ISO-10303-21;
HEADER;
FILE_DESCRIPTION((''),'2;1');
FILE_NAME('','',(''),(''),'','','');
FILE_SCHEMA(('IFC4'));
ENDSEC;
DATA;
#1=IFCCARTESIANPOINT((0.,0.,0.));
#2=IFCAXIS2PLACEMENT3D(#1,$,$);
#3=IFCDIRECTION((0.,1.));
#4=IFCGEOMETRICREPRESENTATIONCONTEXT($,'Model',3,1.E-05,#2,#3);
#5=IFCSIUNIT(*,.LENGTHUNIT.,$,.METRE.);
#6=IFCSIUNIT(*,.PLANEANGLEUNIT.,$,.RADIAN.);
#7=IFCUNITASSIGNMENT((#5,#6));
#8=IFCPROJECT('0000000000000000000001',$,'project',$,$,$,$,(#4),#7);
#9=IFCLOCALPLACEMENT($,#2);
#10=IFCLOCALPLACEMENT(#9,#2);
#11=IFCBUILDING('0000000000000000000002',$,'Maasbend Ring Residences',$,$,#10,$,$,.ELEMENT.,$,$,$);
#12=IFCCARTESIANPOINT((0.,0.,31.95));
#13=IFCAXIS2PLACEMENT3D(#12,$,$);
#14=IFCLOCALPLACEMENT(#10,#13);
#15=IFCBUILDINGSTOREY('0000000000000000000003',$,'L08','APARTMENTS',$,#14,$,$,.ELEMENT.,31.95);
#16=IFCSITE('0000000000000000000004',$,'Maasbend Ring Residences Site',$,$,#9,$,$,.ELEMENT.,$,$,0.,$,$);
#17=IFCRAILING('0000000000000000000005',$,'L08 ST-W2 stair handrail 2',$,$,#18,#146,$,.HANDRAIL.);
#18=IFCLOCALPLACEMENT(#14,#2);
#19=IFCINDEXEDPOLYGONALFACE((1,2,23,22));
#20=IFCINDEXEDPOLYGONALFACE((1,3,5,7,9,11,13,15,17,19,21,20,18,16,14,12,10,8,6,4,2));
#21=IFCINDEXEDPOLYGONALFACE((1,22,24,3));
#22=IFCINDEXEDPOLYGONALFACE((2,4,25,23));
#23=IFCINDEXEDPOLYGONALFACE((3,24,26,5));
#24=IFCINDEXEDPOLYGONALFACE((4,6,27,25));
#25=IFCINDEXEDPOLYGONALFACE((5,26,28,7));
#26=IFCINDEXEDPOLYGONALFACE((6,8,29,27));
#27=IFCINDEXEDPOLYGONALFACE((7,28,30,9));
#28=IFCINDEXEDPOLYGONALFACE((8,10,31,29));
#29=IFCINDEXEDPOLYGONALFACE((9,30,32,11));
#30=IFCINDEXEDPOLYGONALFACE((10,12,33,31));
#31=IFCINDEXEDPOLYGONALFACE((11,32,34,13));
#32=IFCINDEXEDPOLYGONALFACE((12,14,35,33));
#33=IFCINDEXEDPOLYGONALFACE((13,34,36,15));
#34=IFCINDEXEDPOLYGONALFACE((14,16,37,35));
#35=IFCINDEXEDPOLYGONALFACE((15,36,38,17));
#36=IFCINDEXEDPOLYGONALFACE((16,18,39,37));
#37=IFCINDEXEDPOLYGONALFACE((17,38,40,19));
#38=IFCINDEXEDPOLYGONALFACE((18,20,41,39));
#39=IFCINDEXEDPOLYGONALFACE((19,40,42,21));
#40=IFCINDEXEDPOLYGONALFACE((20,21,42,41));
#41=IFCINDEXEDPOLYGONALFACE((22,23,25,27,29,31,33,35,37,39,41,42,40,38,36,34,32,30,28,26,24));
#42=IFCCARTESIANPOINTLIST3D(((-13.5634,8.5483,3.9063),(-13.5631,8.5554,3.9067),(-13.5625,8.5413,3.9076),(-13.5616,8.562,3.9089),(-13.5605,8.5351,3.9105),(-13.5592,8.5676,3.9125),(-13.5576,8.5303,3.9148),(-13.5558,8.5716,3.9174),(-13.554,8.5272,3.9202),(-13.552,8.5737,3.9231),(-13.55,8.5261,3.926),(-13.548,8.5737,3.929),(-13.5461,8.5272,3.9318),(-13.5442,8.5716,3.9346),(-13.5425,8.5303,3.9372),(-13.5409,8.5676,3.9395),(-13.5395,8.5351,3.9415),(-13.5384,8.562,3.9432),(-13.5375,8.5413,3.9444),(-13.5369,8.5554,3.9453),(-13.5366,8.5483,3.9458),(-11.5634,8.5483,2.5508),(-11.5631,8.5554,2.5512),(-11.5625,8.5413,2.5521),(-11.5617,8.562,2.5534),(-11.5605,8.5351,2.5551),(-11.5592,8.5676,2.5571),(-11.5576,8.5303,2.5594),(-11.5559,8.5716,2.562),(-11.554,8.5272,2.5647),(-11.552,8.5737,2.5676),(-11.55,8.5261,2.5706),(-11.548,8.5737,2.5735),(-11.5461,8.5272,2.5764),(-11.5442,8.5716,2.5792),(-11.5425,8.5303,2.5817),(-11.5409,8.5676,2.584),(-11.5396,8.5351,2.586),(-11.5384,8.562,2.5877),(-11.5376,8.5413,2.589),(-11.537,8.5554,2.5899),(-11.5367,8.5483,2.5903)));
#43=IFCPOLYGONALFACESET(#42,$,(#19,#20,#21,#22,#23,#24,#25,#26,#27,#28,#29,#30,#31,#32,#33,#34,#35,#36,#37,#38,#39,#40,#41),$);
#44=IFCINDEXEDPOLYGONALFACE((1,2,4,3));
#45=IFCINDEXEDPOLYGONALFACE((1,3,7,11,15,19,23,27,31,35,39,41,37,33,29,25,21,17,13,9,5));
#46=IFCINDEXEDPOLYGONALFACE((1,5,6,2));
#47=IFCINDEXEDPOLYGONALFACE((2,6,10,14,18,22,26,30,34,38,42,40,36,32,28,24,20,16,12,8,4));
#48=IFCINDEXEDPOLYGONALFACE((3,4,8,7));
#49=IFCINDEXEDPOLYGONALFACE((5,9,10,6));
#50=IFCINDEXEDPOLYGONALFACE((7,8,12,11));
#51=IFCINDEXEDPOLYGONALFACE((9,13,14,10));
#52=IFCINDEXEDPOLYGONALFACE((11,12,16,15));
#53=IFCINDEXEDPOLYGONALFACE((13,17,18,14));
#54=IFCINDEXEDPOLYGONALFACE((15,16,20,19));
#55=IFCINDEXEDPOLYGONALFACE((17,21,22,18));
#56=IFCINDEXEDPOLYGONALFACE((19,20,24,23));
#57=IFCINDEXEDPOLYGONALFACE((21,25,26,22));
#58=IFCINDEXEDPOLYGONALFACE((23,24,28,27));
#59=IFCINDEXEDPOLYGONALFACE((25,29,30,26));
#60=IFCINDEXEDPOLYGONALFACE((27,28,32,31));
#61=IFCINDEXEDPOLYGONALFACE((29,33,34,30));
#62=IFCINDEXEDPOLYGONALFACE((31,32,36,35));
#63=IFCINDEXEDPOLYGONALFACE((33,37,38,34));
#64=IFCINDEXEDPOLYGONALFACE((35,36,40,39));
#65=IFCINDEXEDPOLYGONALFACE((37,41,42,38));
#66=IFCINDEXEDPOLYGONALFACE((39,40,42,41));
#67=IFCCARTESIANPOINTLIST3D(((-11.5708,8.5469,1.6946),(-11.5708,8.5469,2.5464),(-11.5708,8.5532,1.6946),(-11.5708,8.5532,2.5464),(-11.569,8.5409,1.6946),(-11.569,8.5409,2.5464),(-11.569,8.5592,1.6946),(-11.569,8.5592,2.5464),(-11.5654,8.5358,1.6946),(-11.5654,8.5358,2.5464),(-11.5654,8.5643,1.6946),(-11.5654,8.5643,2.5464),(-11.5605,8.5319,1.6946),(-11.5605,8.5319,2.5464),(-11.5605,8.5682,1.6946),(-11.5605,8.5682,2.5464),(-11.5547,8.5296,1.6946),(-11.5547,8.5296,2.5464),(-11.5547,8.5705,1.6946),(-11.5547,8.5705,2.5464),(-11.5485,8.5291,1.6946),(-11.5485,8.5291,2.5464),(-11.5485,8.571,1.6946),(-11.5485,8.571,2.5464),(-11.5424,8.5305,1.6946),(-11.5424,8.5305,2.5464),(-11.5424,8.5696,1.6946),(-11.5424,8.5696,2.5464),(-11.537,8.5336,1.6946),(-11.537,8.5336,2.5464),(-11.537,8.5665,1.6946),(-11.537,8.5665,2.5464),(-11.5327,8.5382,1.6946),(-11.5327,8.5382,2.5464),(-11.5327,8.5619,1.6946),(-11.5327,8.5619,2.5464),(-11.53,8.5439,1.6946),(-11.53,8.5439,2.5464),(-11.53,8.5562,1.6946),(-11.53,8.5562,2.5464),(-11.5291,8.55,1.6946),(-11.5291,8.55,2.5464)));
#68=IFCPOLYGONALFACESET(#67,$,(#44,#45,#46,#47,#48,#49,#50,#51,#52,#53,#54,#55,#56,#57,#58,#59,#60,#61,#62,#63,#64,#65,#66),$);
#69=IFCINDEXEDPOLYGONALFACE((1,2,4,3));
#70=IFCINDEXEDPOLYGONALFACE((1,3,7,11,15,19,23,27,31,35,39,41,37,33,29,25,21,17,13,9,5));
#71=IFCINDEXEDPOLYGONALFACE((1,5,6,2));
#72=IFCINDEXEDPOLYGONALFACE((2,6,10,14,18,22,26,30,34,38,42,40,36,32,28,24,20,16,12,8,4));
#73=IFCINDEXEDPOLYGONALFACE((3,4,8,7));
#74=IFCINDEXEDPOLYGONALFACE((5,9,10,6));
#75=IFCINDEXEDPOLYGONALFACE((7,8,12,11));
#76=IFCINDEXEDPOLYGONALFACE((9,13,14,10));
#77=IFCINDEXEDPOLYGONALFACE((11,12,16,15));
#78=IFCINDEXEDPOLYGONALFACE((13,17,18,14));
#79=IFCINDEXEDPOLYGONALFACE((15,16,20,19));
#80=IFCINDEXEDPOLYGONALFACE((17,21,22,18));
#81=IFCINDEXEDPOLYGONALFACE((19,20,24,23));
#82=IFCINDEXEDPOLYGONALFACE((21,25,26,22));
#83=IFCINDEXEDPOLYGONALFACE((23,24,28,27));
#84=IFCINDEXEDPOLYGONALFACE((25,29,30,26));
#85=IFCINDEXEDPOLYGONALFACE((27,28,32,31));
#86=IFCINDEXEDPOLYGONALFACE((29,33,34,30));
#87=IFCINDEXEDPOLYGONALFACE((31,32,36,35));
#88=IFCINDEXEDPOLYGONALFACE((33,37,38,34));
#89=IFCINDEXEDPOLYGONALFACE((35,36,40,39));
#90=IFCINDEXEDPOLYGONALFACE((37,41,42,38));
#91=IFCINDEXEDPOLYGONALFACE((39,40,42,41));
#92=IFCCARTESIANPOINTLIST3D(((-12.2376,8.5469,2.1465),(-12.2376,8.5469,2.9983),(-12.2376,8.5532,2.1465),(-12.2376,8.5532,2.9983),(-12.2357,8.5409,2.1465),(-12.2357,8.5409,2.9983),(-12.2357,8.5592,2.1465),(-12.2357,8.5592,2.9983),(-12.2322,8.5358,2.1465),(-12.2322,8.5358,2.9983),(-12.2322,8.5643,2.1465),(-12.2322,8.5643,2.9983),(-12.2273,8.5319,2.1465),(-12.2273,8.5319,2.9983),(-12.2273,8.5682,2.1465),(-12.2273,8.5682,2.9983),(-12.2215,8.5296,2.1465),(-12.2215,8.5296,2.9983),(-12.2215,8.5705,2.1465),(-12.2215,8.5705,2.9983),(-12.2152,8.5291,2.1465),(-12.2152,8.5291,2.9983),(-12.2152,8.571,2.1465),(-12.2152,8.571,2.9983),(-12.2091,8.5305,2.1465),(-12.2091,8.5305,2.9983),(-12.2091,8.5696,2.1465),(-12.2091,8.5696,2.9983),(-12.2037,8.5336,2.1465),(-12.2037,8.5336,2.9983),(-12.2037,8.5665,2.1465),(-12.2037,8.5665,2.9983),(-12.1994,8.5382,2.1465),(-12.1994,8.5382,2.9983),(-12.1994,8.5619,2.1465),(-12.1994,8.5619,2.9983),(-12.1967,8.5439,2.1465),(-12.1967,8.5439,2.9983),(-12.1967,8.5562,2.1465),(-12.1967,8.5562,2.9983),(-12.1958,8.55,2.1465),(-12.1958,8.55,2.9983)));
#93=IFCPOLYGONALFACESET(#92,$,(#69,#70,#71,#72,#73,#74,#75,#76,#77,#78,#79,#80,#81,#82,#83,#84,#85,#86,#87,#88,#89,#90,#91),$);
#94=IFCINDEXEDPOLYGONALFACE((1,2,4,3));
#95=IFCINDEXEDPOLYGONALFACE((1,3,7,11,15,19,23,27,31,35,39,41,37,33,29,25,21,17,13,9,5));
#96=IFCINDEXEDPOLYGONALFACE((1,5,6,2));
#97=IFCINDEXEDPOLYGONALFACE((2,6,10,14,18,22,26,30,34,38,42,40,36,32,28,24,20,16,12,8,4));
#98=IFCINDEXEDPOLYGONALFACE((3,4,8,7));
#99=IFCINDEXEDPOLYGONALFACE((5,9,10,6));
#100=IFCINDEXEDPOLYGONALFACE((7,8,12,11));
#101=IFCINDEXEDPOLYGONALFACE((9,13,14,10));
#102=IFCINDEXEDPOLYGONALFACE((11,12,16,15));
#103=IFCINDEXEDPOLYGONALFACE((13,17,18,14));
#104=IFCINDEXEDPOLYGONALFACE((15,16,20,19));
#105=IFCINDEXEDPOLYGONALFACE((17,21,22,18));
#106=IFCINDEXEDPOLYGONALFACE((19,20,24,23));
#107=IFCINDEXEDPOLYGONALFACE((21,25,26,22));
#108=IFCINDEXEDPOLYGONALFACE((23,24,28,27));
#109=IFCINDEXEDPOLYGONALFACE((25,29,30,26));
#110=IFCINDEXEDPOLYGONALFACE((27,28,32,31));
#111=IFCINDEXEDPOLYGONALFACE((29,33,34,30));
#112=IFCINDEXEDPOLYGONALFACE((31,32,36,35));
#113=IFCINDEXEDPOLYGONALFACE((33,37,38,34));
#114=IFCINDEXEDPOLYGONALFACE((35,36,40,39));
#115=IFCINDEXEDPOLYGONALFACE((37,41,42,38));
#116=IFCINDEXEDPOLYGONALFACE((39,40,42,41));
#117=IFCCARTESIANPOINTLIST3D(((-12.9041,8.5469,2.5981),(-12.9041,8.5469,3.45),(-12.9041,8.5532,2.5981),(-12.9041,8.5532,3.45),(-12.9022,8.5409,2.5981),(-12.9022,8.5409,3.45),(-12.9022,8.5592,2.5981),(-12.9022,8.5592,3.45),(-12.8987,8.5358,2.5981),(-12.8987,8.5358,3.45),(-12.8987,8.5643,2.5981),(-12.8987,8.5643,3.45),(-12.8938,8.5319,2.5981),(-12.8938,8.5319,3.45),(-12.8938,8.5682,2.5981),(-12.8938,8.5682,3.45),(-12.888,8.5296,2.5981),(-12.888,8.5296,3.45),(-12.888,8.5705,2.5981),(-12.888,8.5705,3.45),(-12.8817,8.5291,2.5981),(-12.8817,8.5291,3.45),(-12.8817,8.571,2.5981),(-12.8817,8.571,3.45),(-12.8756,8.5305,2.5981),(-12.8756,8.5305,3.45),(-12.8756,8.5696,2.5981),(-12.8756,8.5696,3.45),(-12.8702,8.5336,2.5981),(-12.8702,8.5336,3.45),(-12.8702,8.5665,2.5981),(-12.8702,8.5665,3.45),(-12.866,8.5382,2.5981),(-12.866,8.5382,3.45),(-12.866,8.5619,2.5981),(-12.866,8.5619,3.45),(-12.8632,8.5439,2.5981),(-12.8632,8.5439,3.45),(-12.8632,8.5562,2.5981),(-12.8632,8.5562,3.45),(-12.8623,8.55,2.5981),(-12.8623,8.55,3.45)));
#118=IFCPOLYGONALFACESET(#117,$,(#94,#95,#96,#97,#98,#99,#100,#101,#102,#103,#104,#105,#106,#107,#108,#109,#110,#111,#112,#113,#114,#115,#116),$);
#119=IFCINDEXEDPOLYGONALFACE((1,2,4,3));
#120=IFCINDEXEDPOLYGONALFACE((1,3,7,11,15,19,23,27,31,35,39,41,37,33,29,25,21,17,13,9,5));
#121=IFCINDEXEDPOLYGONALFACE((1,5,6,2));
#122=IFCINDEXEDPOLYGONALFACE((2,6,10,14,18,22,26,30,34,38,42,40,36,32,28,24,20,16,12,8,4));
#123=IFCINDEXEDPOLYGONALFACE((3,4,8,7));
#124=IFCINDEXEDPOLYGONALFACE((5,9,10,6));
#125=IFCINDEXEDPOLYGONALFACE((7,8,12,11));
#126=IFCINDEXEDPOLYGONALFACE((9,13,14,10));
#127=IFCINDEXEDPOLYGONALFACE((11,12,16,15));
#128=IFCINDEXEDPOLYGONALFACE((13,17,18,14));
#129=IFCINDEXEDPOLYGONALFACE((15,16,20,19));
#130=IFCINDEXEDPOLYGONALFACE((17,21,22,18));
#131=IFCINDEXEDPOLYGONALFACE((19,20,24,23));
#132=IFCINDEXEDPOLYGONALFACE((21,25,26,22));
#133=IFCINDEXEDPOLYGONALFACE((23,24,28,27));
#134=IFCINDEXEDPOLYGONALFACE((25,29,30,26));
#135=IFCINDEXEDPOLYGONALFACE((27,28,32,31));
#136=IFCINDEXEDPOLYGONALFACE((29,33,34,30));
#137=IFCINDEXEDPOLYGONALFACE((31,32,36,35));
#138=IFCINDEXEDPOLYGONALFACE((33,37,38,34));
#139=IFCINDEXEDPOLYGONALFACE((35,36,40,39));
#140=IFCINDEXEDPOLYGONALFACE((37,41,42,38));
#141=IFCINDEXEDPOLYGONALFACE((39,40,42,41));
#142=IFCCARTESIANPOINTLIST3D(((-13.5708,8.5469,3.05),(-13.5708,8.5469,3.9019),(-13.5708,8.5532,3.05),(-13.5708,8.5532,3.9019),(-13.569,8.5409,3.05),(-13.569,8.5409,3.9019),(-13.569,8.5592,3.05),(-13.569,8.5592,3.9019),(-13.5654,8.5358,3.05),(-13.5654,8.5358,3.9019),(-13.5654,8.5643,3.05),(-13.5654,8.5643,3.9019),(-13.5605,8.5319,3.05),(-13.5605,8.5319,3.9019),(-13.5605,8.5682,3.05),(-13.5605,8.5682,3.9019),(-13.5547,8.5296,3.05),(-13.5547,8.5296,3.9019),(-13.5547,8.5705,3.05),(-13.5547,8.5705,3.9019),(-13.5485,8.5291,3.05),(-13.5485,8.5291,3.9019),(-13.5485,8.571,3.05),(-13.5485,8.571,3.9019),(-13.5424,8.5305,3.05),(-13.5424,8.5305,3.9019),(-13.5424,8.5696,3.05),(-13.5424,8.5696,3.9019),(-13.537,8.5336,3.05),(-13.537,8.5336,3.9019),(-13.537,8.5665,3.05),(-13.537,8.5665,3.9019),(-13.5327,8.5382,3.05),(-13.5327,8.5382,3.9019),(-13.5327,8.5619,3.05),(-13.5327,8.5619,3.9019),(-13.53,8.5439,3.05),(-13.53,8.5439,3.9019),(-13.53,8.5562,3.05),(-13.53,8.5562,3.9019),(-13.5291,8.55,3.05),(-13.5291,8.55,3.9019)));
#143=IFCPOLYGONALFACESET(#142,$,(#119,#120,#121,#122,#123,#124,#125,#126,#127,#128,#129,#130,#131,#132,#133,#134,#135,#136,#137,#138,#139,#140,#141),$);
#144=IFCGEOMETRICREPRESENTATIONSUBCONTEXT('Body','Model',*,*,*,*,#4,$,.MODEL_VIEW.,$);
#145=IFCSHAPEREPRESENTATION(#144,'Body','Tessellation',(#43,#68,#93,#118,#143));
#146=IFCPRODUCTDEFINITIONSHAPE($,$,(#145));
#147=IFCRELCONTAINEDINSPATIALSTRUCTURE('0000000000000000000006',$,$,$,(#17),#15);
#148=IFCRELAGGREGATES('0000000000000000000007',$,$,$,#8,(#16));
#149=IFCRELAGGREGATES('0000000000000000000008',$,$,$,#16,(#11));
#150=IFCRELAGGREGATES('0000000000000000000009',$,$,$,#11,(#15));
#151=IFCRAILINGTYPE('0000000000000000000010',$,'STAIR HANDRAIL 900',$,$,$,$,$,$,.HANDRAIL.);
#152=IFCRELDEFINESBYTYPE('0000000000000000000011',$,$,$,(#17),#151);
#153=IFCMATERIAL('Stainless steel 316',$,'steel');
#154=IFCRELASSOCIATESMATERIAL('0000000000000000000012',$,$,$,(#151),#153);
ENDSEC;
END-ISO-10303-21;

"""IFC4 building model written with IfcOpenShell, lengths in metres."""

from ifc_helpers import new_model, si_unit, direction, frame, origin, origin_2d, place, context, subcontext, project, spatial, circle, extrude, material, type_object, element, save


model = new_model("IFC4")

# Units and contexts
model_context = context("Model", 3, precision=1e-05, world=origin(), true_north=direction((0.0, 1.0)))
body_context = subcontext(model_context, "Body", "Model", "MODEL_VIEW")
ifc_project = project(units=[si_unit("LENGTHUNIT", "METRE"), si_unit("PLANEANGLEUNIT", "RADIAN")], contexts=[model_context])

# Site, building, storey
site_placement = place(None, origin())
site = spatial("IfcSite", under=ifc_project, at=site_placement, Name="Maasbend Ring Residences Site", CompositionType="ELEMENT", RefElevation=0.0)
building_placement = place(site_placement, origin())
building = spatial("IfcBuilding", under=site, at=building_placement, Name="Maasbend Ring Residences", CompositionType="ELEMENT")
storey_placement = place(building_placement, frame((0.0, 0.0, 31.95)))
storey = spatial("IfcBuildingStorey", under=building, at=storey_placement, Name="L08", Description="APARTMENTS", CompositionType="ELEMENT", Elevation=31.95)

# Railing
ifc_material_1 = material(Name="Stainless steel 316", Category="steel")
railing_type_1 = type_object("IfcRailingType", Name="STAIR HANDRAIL 900", PredefinedType="HANDRAIL", material=ifc_material_1)
railing_1_placement = place(storey_placement, frame((-11.55, 8.55, 1.6946)))
element("IfcRailing", 1, at=railing_1_placement, inside=storey, type_object=railing_type_1, Name="L08 ST-W2 stair handrail 2", PredefinedType="HANDRAIL", context=body_context, shape_type="SweptSolid", body=[
    extrude(circle(Radius=0.0239, at=origin_2d()), frame((0.0, 0.0, 0.876), z_axis=(-0.827798, 0.0, 0.561027), x_axis=(0.0, -1.0, 0.0)), (0.0, 0.0, 1.0), 2.416),
    extrude(circle(Radius=0.021, at=origin_2d()), origin(), (0.0, 0.0, 1.0), 0.8518),
    extrude(circle(Radius=0.021, at=origin_2d()), frame((-0.6667, 0.0, 0.4519)), (0.0, 0.0, 1.0), 0.8518),
    extrude(circle(Radius=0.021, at=origin_2d()), frame((-1.3333, 0.0, 0.9036)), (0.0, 0.0, 1.0), 0.8518),
    extrude(circle(Radius=0.021, at=origin_2d()), frame((-2.0, 0.0, 1.3555)), (0.0, 0.0, 1.0), 0.8518),
])

save(model, "model.ifc")
